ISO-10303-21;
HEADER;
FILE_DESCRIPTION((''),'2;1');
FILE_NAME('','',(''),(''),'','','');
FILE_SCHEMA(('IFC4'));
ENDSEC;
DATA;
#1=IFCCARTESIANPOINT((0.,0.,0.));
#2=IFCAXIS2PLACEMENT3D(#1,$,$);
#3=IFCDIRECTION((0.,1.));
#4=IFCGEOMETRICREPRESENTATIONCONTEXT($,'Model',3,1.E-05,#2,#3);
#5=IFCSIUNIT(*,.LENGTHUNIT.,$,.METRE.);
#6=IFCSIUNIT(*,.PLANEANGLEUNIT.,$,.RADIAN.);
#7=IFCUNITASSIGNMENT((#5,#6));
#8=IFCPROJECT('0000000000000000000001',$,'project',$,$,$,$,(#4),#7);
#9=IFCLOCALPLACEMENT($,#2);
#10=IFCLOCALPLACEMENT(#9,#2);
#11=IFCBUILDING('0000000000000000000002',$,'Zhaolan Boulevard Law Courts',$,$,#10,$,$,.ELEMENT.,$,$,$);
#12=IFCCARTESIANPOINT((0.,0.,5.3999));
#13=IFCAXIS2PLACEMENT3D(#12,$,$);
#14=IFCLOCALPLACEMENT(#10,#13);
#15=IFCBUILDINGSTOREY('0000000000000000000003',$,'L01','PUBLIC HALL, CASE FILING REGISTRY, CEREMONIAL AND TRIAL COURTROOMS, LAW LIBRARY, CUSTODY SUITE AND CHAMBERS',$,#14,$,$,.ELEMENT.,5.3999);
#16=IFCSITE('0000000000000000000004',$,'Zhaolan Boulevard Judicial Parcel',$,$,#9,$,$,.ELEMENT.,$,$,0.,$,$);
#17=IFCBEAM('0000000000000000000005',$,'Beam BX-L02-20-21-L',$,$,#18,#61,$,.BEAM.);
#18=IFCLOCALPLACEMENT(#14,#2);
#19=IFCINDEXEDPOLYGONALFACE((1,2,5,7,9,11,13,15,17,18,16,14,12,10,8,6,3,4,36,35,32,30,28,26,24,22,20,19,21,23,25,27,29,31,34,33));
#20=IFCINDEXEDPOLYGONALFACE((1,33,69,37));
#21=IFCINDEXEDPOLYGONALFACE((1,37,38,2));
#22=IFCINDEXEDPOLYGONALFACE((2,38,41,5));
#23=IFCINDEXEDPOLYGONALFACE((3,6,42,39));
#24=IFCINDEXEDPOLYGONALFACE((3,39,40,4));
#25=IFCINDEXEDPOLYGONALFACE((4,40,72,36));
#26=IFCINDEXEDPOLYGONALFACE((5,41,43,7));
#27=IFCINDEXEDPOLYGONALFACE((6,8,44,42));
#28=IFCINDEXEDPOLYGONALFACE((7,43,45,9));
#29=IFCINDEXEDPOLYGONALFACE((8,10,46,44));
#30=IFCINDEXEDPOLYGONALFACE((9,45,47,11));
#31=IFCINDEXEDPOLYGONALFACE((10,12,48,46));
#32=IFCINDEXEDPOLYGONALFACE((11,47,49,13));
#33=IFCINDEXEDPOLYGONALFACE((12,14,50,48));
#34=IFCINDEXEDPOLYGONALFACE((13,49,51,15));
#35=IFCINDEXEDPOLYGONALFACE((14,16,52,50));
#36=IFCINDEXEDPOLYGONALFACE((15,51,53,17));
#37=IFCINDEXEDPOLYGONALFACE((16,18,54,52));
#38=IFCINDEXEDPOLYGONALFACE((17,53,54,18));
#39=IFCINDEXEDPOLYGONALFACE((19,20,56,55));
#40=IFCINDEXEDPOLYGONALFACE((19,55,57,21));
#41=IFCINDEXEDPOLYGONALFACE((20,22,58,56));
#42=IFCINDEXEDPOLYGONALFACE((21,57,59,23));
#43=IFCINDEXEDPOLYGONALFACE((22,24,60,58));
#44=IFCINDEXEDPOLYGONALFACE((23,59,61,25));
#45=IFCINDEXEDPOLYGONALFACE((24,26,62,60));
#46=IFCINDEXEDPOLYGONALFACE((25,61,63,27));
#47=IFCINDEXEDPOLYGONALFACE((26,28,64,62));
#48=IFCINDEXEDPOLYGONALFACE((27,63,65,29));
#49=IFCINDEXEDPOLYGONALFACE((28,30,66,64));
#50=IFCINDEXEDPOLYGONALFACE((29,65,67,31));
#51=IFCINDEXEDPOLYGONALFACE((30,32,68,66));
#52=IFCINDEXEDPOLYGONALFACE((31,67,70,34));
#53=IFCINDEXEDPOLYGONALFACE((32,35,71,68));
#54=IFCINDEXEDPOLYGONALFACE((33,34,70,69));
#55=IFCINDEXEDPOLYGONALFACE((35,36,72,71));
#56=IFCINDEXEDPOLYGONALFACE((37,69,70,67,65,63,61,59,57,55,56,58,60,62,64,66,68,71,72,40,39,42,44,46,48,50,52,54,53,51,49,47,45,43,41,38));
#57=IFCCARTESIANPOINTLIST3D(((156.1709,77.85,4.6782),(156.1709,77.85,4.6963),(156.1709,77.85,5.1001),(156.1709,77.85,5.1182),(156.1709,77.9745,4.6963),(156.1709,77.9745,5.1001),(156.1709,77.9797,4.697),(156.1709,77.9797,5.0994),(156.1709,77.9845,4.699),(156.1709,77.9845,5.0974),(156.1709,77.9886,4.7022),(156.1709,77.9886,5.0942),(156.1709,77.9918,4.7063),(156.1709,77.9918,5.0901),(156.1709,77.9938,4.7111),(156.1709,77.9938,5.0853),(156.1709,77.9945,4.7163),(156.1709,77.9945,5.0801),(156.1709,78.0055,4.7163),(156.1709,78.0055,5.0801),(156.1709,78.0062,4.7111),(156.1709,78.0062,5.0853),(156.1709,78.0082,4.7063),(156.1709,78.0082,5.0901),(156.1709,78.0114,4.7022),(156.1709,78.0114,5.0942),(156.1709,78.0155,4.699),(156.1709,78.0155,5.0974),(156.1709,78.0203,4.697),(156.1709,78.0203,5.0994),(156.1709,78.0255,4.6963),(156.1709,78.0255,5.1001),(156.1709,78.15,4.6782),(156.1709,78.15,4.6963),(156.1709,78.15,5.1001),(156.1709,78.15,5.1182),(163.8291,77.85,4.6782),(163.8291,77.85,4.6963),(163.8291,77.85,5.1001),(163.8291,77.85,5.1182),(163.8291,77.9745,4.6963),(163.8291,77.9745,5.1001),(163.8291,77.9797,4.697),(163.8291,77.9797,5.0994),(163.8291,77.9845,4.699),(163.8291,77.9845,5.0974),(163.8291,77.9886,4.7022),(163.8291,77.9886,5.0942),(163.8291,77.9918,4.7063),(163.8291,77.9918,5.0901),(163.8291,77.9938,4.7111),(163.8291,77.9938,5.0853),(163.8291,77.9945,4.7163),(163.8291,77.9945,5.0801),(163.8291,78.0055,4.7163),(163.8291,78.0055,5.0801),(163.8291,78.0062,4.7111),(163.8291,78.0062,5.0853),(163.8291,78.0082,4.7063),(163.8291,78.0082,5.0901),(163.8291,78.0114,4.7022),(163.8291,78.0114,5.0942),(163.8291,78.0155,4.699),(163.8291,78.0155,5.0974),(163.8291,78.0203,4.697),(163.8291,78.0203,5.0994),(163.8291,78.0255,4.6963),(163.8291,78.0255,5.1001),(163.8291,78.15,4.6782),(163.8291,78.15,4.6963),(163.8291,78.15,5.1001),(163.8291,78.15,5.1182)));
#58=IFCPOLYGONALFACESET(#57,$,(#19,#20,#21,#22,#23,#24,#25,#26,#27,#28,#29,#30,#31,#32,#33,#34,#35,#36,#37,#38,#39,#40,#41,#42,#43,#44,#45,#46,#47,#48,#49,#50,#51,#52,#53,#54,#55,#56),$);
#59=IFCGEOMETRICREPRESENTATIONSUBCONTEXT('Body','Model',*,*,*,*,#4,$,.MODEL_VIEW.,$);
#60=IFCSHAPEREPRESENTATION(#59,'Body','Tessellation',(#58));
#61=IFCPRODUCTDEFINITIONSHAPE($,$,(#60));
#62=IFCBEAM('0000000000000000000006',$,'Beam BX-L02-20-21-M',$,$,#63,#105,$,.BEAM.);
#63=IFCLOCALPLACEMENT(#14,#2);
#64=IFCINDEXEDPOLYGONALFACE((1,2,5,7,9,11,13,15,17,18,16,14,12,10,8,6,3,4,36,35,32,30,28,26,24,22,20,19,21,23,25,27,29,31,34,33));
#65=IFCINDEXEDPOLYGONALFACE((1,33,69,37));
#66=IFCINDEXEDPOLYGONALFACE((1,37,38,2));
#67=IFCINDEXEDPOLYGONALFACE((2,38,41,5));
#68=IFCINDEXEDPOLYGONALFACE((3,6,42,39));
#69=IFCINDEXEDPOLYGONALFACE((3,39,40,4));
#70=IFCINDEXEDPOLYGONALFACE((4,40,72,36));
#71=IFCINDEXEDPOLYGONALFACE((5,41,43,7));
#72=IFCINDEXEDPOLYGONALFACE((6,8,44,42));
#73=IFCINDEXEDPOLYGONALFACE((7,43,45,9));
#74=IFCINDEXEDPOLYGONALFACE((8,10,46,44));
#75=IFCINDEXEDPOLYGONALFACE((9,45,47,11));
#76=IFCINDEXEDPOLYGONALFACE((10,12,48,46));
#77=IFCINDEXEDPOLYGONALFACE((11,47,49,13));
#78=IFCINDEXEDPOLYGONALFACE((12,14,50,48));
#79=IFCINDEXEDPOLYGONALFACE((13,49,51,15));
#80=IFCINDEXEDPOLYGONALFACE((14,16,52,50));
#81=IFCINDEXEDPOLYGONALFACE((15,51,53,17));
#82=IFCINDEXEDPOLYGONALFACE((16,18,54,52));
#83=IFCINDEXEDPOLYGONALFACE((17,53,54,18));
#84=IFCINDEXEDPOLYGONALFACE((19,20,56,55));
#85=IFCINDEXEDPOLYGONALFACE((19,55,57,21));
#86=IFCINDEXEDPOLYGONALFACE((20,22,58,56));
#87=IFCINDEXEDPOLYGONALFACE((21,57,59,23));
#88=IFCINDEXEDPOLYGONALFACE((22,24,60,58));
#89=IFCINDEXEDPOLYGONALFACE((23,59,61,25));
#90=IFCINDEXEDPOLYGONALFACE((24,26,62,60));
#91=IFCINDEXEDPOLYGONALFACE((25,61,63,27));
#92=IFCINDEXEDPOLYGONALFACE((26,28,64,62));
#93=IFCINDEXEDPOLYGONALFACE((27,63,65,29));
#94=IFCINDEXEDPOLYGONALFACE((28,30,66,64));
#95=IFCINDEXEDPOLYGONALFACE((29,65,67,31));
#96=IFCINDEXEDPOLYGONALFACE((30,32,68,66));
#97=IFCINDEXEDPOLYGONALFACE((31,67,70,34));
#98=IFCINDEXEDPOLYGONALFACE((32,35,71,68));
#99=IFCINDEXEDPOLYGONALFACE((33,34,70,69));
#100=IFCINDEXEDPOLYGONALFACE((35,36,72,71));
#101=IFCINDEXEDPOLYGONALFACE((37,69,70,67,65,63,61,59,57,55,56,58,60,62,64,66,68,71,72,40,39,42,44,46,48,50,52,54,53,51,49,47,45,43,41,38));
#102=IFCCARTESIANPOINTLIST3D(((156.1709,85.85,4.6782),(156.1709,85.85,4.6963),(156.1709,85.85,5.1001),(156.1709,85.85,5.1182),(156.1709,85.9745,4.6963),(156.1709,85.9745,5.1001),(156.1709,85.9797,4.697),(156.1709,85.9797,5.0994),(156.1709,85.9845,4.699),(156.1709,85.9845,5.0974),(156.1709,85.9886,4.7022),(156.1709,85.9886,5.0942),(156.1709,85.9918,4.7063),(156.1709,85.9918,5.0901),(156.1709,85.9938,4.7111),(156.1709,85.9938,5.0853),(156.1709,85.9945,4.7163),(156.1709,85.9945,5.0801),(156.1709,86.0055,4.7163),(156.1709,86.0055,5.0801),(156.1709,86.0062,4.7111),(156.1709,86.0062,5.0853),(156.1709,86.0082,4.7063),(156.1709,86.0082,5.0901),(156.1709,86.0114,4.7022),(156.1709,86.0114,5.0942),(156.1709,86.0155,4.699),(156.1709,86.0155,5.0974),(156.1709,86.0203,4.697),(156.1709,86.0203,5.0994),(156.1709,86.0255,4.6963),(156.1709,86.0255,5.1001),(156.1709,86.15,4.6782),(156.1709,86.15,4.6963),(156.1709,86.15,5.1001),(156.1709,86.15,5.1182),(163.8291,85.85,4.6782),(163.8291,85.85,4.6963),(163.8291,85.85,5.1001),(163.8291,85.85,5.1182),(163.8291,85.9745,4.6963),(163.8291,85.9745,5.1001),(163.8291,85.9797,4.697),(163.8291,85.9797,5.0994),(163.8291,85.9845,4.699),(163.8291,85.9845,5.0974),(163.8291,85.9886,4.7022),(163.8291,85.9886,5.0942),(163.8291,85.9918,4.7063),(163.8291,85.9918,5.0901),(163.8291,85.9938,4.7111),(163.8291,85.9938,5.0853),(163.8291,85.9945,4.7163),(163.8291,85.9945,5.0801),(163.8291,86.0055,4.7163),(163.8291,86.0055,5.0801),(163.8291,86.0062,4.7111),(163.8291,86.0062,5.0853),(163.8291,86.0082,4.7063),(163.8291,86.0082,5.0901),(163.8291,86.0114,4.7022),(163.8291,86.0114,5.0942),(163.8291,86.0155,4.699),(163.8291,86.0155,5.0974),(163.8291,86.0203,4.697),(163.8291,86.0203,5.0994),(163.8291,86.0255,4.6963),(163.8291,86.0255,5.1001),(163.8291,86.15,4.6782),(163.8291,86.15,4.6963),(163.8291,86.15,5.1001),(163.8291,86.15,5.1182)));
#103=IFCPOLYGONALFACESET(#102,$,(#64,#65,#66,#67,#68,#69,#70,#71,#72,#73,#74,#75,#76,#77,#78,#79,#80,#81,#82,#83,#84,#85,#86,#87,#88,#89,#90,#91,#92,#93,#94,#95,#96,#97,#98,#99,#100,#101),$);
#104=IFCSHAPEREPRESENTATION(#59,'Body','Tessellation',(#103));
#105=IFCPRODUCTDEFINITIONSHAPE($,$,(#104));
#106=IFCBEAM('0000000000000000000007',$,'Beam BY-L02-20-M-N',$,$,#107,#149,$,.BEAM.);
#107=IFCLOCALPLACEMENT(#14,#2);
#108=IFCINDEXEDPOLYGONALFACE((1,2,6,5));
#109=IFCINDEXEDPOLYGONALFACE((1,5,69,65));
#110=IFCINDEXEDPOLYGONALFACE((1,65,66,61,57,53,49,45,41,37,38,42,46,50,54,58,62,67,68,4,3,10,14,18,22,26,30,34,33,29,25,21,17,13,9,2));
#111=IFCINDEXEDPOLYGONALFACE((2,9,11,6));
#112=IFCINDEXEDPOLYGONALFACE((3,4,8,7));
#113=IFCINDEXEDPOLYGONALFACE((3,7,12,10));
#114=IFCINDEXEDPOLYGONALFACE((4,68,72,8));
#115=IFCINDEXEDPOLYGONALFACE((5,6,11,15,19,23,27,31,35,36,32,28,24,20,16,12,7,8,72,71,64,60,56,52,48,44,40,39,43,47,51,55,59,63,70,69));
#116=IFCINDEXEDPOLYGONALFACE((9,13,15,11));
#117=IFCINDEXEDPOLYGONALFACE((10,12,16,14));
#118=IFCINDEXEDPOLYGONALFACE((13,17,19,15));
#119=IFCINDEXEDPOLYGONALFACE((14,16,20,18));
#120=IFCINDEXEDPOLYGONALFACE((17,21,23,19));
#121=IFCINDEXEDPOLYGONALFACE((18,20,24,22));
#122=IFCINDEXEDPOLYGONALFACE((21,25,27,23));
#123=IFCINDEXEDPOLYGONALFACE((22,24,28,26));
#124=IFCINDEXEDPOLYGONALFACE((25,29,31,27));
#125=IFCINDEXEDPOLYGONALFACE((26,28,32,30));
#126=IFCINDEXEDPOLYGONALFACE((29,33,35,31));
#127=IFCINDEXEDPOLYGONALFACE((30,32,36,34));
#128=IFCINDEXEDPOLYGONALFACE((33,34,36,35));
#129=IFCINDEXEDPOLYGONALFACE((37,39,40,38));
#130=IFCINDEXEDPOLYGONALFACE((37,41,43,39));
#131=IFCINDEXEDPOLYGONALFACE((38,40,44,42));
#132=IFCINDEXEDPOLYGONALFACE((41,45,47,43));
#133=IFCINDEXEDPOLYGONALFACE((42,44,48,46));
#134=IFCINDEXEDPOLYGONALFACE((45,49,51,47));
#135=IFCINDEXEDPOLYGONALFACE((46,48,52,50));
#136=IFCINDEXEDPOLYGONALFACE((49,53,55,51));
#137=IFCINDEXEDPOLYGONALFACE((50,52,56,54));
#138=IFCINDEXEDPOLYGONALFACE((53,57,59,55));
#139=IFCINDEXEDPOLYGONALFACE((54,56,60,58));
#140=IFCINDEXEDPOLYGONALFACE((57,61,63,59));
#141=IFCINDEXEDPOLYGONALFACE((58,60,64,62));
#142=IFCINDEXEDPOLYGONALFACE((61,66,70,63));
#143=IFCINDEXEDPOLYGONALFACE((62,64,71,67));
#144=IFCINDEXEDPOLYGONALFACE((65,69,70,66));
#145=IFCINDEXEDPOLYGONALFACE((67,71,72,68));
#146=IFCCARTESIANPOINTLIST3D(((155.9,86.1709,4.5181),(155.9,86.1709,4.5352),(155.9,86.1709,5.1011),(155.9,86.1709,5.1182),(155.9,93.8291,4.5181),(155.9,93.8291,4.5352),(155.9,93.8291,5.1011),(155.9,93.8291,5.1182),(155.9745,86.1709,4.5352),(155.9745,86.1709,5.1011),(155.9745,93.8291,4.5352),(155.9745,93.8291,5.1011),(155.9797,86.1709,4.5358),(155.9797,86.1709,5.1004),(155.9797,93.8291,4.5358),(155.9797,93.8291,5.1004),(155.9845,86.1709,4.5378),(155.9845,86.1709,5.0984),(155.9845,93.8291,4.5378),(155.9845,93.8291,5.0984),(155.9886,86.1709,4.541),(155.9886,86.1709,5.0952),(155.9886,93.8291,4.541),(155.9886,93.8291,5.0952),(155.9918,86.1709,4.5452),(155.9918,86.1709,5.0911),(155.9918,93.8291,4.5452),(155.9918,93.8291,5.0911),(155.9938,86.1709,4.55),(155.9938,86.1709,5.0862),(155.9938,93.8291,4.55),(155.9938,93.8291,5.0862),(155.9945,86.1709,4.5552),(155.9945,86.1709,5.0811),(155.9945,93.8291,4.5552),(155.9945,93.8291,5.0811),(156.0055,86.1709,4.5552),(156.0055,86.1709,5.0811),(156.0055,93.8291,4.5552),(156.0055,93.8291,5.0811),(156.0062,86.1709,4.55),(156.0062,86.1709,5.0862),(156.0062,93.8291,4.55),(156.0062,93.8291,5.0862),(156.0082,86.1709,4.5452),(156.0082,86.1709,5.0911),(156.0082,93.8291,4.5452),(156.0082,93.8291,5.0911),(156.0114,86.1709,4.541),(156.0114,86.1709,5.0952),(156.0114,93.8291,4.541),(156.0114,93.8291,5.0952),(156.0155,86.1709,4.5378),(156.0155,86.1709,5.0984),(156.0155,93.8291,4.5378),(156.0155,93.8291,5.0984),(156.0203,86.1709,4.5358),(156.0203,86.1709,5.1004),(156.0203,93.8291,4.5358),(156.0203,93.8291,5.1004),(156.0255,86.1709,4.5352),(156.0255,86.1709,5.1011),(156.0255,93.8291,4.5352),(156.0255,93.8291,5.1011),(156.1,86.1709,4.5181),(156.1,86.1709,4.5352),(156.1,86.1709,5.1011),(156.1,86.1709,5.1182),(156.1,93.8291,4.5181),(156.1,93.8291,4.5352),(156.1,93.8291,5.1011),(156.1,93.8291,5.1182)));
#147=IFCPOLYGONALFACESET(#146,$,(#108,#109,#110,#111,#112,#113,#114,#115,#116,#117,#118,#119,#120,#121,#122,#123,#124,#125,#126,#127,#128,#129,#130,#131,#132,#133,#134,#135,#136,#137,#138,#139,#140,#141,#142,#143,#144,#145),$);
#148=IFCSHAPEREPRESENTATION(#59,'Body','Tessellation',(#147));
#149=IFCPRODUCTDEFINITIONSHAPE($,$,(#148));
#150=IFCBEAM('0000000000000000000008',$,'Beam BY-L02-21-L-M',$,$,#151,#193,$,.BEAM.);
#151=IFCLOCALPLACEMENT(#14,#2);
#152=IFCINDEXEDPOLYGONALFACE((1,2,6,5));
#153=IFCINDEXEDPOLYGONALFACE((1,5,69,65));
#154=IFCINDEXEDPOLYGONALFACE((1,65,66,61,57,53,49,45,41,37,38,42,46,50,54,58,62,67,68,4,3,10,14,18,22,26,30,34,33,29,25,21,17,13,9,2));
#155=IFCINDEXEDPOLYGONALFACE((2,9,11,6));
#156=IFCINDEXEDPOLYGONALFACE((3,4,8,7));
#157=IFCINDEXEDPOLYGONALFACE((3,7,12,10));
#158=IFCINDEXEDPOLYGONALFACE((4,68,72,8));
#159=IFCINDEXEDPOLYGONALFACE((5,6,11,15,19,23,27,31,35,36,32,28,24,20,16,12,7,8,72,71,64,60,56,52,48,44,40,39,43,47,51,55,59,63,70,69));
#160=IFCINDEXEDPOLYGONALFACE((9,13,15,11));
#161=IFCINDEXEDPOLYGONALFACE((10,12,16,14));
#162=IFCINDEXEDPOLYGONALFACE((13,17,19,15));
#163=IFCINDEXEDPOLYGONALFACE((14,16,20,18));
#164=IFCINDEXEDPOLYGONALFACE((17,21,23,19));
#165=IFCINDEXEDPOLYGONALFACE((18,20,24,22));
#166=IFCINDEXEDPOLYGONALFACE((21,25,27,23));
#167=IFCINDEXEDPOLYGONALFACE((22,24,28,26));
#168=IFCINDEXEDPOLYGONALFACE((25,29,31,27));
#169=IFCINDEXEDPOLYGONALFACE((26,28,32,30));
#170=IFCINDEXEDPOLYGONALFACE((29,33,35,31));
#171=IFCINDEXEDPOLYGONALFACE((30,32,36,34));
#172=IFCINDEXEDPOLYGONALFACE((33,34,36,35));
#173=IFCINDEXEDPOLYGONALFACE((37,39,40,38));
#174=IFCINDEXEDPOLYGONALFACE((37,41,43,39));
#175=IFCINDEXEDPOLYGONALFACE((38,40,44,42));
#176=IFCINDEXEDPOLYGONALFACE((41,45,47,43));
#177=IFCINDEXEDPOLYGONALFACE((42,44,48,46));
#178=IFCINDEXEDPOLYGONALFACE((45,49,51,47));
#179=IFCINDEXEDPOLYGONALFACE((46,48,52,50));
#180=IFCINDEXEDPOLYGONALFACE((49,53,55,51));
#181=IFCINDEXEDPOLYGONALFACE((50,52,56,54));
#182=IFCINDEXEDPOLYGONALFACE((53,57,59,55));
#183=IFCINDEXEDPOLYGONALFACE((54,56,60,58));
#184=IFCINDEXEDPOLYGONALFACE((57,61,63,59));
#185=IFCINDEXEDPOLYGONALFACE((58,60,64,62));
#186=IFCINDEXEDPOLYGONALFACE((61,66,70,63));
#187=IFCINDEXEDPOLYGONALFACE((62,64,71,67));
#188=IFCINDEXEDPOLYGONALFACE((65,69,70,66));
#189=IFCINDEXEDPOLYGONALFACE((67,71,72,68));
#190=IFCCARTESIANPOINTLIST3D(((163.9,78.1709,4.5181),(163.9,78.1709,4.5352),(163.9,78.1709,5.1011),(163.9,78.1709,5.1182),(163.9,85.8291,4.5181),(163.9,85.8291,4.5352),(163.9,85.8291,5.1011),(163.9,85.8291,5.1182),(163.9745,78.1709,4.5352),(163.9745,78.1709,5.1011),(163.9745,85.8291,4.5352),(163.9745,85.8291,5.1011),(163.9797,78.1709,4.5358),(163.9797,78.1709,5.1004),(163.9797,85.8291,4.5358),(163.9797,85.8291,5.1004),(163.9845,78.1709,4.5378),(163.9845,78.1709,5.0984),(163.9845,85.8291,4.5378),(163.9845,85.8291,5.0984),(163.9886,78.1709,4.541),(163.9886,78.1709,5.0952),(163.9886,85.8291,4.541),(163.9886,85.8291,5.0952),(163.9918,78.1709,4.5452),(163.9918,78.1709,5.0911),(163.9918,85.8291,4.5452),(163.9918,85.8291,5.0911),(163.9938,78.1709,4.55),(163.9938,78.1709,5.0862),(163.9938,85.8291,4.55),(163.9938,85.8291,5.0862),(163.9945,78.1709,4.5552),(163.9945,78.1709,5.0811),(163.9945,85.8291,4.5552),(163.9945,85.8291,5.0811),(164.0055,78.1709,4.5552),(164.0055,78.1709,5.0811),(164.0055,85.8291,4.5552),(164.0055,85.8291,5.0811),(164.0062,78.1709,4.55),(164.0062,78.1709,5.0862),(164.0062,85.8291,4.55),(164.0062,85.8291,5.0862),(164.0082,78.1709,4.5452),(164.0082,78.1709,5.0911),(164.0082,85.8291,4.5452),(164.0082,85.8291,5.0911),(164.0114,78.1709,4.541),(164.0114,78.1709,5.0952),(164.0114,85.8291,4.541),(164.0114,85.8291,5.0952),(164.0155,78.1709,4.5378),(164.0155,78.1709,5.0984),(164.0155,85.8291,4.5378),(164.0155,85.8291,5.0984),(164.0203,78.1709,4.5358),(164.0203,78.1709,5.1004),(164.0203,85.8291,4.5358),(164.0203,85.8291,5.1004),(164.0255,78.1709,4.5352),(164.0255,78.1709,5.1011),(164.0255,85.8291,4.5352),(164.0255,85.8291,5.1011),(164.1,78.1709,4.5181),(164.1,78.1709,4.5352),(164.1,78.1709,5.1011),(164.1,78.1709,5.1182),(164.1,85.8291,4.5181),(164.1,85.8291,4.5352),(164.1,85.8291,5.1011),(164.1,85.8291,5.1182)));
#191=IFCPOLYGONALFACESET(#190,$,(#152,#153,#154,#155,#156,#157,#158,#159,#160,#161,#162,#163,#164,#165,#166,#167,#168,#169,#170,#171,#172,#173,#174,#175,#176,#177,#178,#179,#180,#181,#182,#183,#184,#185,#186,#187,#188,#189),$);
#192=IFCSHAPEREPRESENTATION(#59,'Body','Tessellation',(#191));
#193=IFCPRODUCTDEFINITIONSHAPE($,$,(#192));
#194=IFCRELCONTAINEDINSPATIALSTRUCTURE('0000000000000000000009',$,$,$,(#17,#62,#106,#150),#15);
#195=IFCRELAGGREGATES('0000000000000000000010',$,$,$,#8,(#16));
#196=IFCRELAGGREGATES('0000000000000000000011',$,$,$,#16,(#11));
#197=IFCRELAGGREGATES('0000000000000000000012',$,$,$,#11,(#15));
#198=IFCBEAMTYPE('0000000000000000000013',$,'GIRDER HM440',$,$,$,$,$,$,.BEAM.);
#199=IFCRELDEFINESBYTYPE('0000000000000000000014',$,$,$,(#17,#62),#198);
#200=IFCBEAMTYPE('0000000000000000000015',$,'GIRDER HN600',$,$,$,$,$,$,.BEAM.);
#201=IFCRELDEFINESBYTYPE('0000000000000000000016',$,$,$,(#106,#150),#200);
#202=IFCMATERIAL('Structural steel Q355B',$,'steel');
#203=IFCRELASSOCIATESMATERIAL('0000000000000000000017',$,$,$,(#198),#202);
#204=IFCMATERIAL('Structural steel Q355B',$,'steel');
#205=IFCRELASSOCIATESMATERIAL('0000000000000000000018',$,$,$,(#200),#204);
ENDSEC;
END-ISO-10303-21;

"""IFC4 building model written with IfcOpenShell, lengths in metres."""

from ifc_helpers import new_model, si_unit, direction, frame, origin, origin_2d, place, context, subcontext, project, spatial, i_section, extrude, material, material_profile, profile_set, type_object, element, save


model = new_model("IFC4")

# Units and contexts
model_context = context("Model", 3, precision=1e-05, world=origin(), true_north=direction((0.0, 1.0)))
body_context = subcontext(model_context, "Body", "Model", "MODEL_VIEW")
ifc_project = project(units=[si_unit("LENGTHUNIT", "METRE"), si_unit("PLANEANGLEUNIT", "RADIAN")], contexts=[model_context])

# Site, building, storey
site_placement = place(None, origin())
site = spatial("IfcSite", under=ifc_project, at=site_placement, Name="Zhaolan Boulevard Judicial Parcel", CompositionType="ELEMENT", RefElevation=0.0)
building_placement = place(site_placement, origin())
building = spatial("IfcBuilding", under=site, at=building_placement, Name="Zhaolan Boulevard Law Courts", CompositionType="ELEMENT")
storey_placement = place(building_placement, frame((0.0, 0.0, 5.3999)))
storey = spatial("IfcBuildingStorey", under=building, at=storey_placement, Name="L01", Description="PUBLIC HALL, CASE FILING REGISTRY, CEREMONIAL AND TRIAL COURTROOMS, LAW LIBRARY, CUSTODY SUITE AND CHAMBERS", CompositionType="ELEMENT", Elevation=5.3999)

# Beams
ifc_material_1 = material(Name="Structural steel Q355B", Category="steel")
ifc_material_profile_1 = material_profile(ifc_material_1, i_section(OverallWidth=0.3, OverallDepth=0.4399, WebThickness=0.011, FlangeThickness=0.0181, FilletRadius=0.02, at=origin_2d()), Name="HM440x300")
ifc_profile_set_1 = profile_set([ifc_material_profile_1], Name="Structural steel Q355B")
beam_type_1 = type_object("IfcBeamType", Name="GIRDER HM440", PredefinedType="BEAM", material=ifc_profile_set_1)
for number, where, z_axis, x_axis, name in (
    (1, (156.1709, 78.0, 4.8982), (1.0, 0.0, 0.0), (0.0, 1.0, 0.0), "Beam BX-L02-20-21-L"),
    (2, (156.1709, 86.0, 4.8982), (1.0, 0.0, 0.0), (0.0, 1.0, 0.0), "Beam BX-L02-20-21-M"),
):
    element("IfcBeam", number, at=place(storey_placement, frame(where, z_axis=z_axis, x_axis=x_axis)), inside=storey, type_object=beam_type_1, Name=name, PredefinedType="BEAM", context=body_context, shape_type="SweptSolid", body=[
        extrude(i_section(OverallWidth=0.3, OverallDepth=0.4399, WebThickness=0.011, FlangeThickness=0.0181, FilletRadius=0.02, at=origin_2d()), origin(), (0.0, 0.0, 1.0), 7.6582),
    ])
ifc_material_2 = material(Name="Structural steel Q355B", Category="steel")
ifc_material_profile_2 = material_profile(ifc_material_2, i_section(OverallWidth=0.2, OverallDepth=0.6001, WebThickness=0.011, FlangeThickness=0.0171, FilletRadius=0.02, at=origin_2d()), Name="HN600x200")
ifc_profile_set_2 = profile_set([ifc_material_profile_2], Name="Structural steel Q355B")
beam_type_2 = type_object("IfcBeamType", Name="GIRDER HN600", PredefinedType="BEAM", material=ifc_profile_set_2)
for number, where, z_axis, x_axis, name in (
    (3, (156.0, 86.1709, 4.8181), (0.0, 1.0, 0.0), (-1.0, 0.0, 0.0), "Beam BY-L02-20-M-N"),
    (4, (164.0, 78.1709, 4.8181), (0.0, 1.0, 0.0), (-1.0, 0.0, 0.0), "Beam BY-L02-21-L-M"),
):
    element("IfcBeam", number, at=place(storey_placement, frame(where, z_axis=z_axis, x_axis=x_axis)), inside=storey, type_object=beam_type_2, Name=name, PredefinedType="BEAM", context=body_context, shape_type="SweptSolid", body=[
        extrude(i_section(OverallWidth=0.2, OverallDepth=0.6001, WebThickness=0.011, FlangeThickness=0.0171, FilletRadius=0.02, at=origin_2d()), origin(), (0.0, 0.0, 1.0), 7.6582),
    ])

save(model, "model.ifc")
